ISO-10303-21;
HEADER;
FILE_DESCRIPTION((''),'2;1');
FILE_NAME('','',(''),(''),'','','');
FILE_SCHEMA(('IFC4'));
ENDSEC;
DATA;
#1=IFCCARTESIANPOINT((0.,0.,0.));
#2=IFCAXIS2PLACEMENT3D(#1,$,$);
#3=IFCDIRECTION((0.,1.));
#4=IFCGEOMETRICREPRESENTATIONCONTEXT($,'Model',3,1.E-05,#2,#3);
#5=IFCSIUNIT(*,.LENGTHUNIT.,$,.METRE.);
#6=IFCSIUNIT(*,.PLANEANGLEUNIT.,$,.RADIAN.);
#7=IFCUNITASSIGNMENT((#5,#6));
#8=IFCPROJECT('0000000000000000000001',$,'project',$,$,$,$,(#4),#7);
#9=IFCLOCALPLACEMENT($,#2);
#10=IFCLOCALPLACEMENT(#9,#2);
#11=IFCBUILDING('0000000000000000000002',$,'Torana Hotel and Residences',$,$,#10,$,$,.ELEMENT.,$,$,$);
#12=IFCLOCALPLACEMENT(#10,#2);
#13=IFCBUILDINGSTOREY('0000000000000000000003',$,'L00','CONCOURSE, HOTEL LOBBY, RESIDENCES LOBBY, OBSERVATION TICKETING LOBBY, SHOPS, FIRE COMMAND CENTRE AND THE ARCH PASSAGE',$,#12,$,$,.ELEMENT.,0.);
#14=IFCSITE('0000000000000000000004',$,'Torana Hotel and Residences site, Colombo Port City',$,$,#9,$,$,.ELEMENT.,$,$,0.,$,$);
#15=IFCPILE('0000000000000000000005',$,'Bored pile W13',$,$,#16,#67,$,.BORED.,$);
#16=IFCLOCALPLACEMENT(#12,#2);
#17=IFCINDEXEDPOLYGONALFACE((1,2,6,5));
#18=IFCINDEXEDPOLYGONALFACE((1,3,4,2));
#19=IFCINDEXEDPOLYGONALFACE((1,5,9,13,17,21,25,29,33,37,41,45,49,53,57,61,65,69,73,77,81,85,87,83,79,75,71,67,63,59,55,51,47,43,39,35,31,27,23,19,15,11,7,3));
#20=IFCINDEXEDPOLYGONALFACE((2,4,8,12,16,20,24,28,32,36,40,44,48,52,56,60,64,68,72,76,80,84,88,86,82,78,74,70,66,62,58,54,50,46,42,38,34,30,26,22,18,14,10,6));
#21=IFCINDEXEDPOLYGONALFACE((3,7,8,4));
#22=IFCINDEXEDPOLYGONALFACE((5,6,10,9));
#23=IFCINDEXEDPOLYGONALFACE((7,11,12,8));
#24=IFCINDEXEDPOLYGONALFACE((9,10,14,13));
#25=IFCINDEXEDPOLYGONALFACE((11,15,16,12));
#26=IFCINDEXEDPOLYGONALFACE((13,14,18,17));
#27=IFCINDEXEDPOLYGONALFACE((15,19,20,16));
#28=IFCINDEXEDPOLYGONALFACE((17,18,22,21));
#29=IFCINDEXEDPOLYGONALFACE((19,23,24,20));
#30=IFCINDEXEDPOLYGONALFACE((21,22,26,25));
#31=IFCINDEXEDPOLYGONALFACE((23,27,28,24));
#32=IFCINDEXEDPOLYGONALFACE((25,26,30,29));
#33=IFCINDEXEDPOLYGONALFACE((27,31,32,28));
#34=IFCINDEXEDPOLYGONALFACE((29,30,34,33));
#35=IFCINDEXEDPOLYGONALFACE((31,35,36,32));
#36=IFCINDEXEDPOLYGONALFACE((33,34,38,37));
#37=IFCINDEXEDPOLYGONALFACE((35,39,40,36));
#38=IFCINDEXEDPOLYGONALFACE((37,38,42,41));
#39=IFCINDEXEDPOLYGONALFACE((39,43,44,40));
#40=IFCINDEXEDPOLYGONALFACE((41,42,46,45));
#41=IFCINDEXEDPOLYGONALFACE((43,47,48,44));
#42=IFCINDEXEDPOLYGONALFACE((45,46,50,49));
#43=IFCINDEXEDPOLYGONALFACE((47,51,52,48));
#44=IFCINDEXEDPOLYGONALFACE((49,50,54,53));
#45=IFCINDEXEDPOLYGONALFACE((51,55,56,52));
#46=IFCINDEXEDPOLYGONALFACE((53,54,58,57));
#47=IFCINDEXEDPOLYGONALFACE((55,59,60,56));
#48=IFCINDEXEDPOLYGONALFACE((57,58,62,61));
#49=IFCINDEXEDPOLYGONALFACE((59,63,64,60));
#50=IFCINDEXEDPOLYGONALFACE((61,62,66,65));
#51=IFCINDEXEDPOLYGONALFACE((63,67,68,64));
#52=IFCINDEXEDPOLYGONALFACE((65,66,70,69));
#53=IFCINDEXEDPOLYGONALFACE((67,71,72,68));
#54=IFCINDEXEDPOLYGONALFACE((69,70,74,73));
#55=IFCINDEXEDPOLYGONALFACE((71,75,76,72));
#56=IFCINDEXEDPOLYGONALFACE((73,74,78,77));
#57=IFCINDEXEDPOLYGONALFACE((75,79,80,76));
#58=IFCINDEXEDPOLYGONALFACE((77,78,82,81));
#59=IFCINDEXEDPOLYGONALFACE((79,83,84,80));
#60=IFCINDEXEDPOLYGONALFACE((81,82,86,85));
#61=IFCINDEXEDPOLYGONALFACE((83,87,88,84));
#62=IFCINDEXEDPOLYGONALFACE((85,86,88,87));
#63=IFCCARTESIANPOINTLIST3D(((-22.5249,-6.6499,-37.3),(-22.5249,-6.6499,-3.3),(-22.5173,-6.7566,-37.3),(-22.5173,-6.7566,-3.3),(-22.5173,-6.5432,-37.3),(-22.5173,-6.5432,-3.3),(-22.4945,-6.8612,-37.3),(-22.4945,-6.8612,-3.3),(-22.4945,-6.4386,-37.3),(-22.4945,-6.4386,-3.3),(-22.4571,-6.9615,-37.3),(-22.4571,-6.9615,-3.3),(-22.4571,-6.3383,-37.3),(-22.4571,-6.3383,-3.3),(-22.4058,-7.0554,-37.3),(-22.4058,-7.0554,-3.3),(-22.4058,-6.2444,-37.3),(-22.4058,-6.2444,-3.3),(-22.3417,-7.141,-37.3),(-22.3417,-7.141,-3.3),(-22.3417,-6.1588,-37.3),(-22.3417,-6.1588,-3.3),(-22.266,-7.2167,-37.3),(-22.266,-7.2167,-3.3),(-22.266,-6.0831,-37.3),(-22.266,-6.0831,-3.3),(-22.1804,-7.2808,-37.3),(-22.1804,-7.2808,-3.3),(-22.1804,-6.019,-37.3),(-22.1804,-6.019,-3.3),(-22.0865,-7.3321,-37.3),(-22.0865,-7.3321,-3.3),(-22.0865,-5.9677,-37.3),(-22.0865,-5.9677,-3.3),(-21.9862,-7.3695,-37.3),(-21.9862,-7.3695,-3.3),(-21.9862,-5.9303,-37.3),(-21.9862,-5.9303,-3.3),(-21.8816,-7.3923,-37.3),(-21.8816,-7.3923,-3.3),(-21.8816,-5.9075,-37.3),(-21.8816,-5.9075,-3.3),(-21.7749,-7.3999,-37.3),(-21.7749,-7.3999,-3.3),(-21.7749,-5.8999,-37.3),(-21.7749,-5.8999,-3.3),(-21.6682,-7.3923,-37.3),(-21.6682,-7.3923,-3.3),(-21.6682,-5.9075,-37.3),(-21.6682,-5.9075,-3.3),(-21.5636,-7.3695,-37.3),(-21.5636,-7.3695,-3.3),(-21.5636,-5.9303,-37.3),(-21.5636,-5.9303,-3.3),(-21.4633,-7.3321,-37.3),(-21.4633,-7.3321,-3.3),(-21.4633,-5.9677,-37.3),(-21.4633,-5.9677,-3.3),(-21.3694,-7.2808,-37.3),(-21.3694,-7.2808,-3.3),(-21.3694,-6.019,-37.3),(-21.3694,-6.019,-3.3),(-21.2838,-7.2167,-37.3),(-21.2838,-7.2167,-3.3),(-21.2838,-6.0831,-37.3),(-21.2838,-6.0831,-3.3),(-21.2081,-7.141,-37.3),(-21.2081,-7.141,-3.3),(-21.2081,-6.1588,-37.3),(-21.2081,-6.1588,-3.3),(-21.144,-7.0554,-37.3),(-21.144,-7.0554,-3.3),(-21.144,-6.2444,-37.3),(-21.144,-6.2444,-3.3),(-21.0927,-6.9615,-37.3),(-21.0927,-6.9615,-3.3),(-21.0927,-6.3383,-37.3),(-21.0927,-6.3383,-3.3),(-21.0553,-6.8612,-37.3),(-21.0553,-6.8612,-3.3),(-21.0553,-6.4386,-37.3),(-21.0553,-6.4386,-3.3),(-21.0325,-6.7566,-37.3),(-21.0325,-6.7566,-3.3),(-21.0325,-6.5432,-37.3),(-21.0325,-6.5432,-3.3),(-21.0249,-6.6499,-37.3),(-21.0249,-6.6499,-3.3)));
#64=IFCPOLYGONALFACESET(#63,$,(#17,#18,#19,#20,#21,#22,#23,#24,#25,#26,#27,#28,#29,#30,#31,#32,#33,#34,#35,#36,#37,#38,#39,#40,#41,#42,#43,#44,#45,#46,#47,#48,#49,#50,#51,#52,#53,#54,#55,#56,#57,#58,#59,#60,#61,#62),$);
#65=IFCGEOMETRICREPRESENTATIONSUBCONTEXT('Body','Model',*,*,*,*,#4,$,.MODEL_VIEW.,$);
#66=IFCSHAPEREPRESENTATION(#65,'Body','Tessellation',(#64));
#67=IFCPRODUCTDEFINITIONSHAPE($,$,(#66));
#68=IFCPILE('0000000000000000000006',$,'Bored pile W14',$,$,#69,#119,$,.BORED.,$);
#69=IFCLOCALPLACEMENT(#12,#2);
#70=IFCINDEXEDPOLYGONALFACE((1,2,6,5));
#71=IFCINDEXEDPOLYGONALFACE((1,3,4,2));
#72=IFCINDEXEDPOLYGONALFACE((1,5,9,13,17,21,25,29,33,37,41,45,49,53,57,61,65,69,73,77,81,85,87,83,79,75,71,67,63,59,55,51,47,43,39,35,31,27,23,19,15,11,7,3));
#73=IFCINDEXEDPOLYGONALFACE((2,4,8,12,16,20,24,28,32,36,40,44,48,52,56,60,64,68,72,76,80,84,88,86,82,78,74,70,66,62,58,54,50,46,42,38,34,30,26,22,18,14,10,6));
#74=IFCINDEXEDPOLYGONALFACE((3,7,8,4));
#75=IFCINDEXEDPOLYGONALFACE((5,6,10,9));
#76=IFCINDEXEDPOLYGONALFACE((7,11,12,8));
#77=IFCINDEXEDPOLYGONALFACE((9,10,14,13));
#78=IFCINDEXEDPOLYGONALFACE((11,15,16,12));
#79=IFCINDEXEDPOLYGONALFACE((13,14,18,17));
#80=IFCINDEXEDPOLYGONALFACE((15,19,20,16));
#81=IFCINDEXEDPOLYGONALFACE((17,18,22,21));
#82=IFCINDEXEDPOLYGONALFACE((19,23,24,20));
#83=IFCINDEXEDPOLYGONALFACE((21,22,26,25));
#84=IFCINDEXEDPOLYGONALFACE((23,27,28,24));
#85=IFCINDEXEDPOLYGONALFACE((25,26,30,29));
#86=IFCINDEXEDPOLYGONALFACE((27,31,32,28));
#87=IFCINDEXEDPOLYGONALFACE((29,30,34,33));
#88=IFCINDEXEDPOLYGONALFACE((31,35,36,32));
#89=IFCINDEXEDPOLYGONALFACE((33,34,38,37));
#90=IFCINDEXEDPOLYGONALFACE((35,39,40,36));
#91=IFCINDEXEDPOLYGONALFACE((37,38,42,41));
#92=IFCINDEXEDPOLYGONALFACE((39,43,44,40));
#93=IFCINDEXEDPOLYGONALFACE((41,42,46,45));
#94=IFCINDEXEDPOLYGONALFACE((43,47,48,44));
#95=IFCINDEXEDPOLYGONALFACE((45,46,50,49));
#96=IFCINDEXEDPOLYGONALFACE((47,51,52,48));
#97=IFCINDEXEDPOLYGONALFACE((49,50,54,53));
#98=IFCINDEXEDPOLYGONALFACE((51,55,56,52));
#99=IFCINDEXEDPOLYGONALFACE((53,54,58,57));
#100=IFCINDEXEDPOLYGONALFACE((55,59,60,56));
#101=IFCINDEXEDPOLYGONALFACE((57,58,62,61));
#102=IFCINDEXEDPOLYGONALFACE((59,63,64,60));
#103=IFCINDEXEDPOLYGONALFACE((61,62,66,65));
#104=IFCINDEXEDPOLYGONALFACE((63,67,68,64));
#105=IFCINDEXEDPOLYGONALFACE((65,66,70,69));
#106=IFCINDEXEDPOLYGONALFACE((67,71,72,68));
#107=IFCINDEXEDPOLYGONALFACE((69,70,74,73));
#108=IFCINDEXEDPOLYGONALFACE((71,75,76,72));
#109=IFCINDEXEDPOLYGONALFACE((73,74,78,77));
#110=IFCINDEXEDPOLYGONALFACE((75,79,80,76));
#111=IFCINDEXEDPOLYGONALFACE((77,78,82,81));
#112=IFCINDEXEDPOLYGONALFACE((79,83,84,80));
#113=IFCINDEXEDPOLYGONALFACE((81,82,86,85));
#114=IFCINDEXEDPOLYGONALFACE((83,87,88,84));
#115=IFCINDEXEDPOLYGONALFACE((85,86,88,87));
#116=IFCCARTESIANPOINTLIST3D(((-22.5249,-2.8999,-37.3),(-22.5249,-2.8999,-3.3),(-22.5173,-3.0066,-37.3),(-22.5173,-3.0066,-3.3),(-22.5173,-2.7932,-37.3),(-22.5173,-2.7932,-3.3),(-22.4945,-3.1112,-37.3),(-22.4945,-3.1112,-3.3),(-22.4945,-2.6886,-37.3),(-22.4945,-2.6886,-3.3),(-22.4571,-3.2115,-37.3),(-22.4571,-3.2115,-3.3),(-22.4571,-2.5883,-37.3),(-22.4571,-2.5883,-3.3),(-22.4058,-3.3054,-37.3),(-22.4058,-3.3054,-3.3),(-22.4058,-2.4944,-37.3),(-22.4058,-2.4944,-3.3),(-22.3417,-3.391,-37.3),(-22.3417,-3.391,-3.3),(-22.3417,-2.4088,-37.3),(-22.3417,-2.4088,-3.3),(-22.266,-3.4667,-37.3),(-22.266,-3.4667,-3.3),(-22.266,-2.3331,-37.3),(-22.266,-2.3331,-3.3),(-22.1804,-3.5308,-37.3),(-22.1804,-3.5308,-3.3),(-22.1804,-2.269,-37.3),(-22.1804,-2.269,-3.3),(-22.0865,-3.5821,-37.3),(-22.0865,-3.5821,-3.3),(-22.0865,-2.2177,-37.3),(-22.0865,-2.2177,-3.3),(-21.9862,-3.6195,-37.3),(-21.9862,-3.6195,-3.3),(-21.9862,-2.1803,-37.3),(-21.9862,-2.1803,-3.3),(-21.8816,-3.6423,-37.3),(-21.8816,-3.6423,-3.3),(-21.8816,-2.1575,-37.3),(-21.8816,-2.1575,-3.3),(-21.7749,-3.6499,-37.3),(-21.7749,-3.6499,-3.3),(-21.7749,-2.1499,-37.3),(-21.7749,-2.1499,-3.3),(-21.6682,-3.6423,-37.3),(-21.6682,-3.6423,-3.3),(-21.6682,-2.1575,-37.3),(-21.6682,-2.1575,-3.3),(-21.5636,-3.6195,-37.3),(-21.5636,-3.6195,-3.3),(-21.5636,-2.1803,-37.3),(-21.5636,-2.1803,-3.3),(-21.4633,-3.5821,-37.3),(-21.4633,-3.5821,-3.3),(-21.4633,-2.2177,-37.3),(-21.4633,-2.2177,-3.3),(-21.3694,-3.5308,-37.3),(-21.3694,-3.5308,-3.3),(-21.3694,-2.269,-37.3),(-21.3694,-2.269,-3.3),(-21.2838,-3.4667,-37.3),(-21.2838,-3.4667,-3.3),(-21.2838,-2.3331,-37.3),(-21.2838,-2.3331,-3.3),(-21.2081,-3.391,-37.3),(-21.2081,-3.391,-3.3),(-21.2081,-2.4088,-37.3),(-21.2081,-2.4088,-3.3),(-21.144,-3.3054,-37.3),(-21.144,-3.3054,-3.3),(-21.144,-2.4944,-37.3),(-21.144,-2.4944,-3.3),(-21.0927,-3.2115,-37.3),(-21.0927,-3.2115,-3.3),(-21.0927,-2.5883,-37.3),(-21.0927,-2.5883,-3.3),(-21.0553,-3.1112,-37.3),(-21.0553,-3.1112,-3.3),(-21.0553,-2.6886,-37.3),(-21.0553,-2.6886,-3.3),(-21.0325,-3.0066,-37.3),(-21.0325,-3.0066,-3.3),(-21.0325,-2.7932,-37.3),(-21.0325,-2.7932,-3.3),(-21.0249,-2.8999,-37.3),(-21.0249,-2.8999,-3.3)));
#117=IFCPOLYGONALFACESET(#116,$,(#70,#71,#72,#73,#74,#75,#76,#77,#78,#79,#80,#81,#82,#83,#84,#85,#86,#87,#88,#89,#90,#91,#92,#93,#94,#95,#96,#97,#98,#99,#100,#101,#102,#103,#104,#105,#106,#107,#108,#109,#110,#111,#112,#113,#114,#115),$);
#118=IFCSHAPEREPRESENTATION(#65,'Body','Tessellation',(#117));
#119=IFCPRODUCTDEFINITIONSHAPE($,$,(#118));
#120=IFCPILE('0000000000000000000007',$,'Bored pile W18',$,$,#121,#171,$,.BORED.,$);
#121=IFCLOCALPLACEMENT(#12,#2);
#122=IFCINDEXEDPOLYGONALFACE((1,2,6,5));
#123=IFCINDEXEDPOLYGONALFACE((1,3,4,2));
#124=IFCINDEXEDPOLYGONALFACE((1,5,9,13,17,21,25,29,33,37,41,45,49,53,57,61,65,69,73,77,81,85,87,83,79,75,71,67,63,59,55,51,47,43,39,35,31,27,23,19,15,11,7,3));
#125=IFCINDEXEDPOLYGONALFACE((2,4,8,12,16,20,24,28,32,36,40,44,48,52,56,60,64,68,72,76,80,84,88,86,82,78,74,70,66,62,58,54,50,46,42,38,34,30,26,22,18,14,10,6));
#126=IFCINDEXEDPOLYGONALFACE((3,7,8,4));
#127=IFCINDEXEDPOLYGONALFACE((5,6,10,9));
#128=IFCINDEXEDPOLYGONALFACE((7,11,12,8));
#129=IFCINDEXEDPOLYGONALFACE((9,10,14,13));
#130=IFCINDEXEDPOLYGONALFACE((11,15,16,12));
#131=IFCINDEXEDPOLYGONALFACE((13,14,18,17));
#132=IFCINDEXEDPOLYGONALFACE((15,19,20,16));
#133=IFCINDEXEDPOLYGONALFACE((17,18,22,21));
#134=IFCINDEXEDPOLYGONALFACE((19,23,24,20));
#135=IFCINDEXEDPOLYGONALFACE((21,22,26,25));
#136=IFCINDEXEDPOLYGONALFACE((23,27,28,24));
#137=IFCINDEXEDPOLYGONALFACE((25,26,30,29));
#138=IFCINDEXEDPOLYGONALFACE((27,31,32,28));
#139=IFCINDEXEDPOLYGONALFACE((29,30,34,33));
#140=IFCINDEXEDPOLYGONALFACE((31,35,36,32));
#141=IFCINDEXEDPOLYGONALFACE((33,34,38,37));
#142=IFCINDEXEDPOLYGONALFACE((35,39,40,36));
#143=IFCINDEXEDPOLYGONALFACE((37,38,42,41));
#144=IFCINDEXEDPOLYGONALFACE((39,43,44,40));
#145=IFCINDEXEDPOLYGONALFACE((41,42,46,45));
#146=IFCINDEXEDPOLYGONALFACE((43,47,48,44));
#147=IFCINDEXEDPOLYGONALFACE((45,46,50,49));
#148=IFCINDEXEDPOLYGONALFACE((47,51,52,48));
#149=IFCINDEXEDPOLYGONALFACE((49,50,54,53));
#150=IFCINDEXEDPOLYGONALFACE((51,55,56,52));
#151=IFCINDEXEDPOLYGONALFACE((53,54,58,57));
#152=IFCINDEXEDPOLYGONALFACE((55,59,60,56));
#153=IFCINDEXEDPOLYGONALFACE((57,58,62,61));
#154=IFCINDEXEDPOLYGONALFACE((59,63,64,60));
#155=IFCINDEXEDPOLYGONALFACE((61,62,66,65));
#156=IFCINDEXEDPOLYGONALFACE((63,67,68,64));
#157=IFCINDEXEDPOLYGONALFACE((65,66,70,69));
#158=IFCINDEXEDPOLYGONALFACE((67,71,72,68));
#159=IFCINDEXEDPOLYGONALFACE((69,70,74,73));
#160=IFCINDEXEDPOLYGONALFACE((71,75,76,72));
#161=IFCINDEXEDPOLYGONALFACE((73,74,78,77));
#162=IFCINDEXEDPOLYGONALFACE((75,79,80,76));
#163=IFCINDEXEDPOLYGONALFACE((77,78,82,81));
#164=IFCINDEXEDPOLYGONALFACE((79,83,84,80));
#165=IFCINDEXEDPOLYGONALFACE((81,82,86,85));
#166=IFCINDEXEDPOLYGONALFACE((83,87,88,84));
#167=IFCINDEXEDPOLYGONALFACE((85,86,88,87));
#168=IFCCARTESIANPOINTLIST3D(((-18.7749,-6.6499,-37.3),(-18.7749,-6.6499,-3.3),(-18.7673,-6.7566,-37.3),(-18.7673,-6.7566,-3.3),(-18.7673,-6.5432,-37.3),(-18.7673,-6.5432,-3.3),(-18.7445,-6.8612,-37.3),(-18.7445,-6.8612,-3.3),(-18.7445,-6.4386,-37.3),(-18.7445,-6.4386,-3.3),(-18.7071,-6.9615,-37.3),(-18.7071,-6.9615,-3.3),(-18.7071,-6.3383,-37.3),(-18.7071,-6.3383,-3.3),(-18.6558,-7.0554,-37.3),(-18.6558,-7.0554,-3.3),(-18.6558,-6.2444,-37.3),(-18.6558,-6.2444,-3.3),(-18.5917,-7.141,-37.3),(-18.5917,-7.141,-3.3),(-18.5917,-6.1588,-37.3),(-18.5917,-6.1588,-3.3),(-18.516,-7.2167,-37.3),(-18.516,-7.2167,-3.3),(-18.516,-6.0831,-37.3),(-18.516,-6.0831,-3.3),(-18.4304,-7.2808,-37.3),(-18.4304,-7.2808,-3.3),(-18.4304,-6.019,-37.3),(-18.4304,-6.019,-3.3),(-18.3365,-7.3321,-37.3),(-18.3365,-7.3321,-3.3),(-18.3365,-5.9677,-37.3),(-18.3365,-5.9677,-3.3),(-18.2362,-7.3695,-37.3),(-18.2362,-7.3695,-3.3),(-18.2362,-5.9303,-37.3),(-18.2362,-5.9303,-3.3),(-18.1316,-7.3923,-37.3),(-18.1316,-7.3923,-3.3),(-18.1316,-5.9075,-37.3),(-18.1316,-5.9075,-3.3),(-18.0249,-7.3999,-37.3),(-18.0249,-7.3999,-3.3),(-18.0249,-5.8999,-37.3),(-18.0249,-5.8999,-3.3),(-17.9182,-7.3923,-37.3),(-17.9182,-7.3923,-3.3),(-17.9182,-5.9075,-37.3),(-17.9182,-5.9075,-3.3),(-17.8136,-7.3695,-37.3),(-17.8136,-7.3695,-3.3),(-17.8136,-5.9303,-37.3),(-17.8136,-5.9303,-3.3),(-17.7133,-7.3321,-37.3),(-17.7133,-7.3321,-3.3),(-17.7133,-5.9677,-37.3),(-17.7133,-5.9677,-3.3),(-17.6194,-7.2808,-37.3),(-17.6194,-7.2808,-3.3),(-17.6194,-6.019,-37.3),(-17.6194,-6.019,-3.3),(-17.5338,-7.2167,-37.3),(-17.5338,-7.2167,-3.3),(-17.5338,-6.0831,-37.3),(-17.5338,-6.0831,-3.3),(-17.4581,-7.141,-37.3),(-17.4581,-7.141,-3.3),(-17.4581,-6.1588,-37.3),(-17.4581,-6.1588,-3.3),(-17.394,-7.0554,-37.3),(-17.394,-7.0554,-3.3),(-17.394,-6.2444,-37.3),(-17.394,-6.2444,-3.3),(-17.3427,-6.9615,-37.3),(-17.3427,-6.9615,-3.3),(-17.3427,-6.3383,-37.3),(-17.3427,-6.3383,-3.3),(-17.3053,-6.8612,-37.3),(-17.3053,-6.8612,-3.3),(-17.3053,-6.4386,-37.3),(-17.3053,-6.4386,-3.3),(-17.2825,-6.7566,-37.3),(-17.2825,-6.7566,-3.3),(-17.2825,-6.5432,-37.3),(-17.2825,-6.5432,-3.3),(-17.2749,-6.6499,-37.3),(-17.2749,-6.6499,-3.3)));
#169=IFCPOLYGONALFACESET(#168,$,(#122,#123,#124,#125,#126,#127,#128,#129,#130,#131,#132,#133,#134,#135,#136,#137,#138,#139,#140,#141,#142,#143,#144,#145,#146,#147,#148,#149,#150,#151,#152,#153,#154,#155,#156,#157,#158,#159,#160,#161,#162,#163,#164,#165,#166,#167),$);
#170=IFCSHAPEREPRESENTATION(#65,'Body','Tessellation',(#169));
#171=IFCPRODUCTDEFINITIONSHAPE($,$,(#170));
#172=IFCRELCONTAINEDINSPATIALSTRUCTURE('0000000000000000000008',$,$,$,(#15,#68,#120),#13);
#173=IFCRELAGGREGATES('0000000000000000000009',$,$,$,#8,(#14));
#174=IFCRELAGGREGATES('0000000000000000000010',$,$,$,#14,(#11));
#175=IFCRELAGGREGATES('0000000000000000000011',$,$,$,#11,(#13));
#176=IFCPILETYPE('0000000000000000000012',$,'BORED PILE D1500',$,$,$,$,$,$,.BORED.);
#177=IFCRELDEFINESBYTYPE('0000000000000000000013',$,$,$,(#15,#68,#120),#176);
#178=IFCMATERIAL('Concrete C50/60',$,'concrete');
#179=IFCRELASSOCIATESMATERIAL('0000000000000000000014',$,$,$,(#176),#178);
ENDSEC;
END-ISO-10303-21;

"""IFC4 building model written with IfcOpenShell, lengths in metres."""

from ifc_helpers import new_model, si_unit, direction, frame, origin, origin_2d, place, context, subcontext, project, spatial, circle, extrude, material, type_object, element, save


model = new_model("IFC4")

# Units and contexts
model_context = context("Model", 3, precision=1e-05, world=origin(), true_north=direction((0.0, 1.0)))
body_context = subcontext(model_context, "Body", "Model", "MODEL_VIEW")
ifc_project = project(units=[si_unit("LENGTHUNIT", "METRE"), si_unit("PLANEANGLEUNIT", "RADIAN")], contexts=[model_context])

# Site, building, storey
site_placement = place(None, origin())
site = spatial("IfcSite", under=ifc_project, at=site_placement, Name="Torana Hotel and Residences site, Colombo Port City", CompositionType="ELEMENT", RefElevation=0.0)
building_placement = place(site_placement, origin())
building = spatial("IfcBuilding", under=site, at=building_placement, Name="Torana Hotel and Residences", CompositionType="ELEMENT")
storey_placement = place(building_placement, origin())
storey = spatial("IfcBuildingStorey", under=building, at=storey_placement, Name="L00", Description="CONCOURSE, HOTEL LOBBY, RESIDENCES LOBBY, OBSERVATION TICKETING LOBBY, SHOPS, FIRE COMMAND CENTRE AND THE ARCH PASSAGE", CompositionType="ELEMENT", Elevation=0.0)

# Piles
ifc_material_1 = material(Name="Concrete C50/60", Category="concrete")
pile_type = type_object("IfcPileType", Name="BORED PILE D1500", PredefinedType="BORED", material=ifc_material_1)
for number, where, z_axis, x_axis, name in (
    (1, (-21.7749, -6.6499, -3.3), (0.0, 0.0, -1.0), (1.0, 0.0, 0.0), "Bored pile W13"),
    (2, (-21.7749, -2.8999, -3.3), (0.0, 0.0, -1.0), (1.0, 0.0, 0.0), "Bored pile W14"),
    (3, (-18.0249, -6.6499, -3.3), (0.0, 0.0, -1.0), (1.0, 0.0, 0.0), "Bored pile W18"),
):
    element("IfcPile", number, at=place(storey_placement, frame(where, z_axis=z_axis, x_axis=x_axis)), inside=storey, type_object=pile_type, Name=name, PredefinedType="BORED", context=body_context, shape_type="SweptSolid", body=[
        extrude(circle(Radius=0.75, at=origin_2d()), origin(), (0.0, 0.0, 1.0), 34.0),
    ])

save(model, "model.ifc")
